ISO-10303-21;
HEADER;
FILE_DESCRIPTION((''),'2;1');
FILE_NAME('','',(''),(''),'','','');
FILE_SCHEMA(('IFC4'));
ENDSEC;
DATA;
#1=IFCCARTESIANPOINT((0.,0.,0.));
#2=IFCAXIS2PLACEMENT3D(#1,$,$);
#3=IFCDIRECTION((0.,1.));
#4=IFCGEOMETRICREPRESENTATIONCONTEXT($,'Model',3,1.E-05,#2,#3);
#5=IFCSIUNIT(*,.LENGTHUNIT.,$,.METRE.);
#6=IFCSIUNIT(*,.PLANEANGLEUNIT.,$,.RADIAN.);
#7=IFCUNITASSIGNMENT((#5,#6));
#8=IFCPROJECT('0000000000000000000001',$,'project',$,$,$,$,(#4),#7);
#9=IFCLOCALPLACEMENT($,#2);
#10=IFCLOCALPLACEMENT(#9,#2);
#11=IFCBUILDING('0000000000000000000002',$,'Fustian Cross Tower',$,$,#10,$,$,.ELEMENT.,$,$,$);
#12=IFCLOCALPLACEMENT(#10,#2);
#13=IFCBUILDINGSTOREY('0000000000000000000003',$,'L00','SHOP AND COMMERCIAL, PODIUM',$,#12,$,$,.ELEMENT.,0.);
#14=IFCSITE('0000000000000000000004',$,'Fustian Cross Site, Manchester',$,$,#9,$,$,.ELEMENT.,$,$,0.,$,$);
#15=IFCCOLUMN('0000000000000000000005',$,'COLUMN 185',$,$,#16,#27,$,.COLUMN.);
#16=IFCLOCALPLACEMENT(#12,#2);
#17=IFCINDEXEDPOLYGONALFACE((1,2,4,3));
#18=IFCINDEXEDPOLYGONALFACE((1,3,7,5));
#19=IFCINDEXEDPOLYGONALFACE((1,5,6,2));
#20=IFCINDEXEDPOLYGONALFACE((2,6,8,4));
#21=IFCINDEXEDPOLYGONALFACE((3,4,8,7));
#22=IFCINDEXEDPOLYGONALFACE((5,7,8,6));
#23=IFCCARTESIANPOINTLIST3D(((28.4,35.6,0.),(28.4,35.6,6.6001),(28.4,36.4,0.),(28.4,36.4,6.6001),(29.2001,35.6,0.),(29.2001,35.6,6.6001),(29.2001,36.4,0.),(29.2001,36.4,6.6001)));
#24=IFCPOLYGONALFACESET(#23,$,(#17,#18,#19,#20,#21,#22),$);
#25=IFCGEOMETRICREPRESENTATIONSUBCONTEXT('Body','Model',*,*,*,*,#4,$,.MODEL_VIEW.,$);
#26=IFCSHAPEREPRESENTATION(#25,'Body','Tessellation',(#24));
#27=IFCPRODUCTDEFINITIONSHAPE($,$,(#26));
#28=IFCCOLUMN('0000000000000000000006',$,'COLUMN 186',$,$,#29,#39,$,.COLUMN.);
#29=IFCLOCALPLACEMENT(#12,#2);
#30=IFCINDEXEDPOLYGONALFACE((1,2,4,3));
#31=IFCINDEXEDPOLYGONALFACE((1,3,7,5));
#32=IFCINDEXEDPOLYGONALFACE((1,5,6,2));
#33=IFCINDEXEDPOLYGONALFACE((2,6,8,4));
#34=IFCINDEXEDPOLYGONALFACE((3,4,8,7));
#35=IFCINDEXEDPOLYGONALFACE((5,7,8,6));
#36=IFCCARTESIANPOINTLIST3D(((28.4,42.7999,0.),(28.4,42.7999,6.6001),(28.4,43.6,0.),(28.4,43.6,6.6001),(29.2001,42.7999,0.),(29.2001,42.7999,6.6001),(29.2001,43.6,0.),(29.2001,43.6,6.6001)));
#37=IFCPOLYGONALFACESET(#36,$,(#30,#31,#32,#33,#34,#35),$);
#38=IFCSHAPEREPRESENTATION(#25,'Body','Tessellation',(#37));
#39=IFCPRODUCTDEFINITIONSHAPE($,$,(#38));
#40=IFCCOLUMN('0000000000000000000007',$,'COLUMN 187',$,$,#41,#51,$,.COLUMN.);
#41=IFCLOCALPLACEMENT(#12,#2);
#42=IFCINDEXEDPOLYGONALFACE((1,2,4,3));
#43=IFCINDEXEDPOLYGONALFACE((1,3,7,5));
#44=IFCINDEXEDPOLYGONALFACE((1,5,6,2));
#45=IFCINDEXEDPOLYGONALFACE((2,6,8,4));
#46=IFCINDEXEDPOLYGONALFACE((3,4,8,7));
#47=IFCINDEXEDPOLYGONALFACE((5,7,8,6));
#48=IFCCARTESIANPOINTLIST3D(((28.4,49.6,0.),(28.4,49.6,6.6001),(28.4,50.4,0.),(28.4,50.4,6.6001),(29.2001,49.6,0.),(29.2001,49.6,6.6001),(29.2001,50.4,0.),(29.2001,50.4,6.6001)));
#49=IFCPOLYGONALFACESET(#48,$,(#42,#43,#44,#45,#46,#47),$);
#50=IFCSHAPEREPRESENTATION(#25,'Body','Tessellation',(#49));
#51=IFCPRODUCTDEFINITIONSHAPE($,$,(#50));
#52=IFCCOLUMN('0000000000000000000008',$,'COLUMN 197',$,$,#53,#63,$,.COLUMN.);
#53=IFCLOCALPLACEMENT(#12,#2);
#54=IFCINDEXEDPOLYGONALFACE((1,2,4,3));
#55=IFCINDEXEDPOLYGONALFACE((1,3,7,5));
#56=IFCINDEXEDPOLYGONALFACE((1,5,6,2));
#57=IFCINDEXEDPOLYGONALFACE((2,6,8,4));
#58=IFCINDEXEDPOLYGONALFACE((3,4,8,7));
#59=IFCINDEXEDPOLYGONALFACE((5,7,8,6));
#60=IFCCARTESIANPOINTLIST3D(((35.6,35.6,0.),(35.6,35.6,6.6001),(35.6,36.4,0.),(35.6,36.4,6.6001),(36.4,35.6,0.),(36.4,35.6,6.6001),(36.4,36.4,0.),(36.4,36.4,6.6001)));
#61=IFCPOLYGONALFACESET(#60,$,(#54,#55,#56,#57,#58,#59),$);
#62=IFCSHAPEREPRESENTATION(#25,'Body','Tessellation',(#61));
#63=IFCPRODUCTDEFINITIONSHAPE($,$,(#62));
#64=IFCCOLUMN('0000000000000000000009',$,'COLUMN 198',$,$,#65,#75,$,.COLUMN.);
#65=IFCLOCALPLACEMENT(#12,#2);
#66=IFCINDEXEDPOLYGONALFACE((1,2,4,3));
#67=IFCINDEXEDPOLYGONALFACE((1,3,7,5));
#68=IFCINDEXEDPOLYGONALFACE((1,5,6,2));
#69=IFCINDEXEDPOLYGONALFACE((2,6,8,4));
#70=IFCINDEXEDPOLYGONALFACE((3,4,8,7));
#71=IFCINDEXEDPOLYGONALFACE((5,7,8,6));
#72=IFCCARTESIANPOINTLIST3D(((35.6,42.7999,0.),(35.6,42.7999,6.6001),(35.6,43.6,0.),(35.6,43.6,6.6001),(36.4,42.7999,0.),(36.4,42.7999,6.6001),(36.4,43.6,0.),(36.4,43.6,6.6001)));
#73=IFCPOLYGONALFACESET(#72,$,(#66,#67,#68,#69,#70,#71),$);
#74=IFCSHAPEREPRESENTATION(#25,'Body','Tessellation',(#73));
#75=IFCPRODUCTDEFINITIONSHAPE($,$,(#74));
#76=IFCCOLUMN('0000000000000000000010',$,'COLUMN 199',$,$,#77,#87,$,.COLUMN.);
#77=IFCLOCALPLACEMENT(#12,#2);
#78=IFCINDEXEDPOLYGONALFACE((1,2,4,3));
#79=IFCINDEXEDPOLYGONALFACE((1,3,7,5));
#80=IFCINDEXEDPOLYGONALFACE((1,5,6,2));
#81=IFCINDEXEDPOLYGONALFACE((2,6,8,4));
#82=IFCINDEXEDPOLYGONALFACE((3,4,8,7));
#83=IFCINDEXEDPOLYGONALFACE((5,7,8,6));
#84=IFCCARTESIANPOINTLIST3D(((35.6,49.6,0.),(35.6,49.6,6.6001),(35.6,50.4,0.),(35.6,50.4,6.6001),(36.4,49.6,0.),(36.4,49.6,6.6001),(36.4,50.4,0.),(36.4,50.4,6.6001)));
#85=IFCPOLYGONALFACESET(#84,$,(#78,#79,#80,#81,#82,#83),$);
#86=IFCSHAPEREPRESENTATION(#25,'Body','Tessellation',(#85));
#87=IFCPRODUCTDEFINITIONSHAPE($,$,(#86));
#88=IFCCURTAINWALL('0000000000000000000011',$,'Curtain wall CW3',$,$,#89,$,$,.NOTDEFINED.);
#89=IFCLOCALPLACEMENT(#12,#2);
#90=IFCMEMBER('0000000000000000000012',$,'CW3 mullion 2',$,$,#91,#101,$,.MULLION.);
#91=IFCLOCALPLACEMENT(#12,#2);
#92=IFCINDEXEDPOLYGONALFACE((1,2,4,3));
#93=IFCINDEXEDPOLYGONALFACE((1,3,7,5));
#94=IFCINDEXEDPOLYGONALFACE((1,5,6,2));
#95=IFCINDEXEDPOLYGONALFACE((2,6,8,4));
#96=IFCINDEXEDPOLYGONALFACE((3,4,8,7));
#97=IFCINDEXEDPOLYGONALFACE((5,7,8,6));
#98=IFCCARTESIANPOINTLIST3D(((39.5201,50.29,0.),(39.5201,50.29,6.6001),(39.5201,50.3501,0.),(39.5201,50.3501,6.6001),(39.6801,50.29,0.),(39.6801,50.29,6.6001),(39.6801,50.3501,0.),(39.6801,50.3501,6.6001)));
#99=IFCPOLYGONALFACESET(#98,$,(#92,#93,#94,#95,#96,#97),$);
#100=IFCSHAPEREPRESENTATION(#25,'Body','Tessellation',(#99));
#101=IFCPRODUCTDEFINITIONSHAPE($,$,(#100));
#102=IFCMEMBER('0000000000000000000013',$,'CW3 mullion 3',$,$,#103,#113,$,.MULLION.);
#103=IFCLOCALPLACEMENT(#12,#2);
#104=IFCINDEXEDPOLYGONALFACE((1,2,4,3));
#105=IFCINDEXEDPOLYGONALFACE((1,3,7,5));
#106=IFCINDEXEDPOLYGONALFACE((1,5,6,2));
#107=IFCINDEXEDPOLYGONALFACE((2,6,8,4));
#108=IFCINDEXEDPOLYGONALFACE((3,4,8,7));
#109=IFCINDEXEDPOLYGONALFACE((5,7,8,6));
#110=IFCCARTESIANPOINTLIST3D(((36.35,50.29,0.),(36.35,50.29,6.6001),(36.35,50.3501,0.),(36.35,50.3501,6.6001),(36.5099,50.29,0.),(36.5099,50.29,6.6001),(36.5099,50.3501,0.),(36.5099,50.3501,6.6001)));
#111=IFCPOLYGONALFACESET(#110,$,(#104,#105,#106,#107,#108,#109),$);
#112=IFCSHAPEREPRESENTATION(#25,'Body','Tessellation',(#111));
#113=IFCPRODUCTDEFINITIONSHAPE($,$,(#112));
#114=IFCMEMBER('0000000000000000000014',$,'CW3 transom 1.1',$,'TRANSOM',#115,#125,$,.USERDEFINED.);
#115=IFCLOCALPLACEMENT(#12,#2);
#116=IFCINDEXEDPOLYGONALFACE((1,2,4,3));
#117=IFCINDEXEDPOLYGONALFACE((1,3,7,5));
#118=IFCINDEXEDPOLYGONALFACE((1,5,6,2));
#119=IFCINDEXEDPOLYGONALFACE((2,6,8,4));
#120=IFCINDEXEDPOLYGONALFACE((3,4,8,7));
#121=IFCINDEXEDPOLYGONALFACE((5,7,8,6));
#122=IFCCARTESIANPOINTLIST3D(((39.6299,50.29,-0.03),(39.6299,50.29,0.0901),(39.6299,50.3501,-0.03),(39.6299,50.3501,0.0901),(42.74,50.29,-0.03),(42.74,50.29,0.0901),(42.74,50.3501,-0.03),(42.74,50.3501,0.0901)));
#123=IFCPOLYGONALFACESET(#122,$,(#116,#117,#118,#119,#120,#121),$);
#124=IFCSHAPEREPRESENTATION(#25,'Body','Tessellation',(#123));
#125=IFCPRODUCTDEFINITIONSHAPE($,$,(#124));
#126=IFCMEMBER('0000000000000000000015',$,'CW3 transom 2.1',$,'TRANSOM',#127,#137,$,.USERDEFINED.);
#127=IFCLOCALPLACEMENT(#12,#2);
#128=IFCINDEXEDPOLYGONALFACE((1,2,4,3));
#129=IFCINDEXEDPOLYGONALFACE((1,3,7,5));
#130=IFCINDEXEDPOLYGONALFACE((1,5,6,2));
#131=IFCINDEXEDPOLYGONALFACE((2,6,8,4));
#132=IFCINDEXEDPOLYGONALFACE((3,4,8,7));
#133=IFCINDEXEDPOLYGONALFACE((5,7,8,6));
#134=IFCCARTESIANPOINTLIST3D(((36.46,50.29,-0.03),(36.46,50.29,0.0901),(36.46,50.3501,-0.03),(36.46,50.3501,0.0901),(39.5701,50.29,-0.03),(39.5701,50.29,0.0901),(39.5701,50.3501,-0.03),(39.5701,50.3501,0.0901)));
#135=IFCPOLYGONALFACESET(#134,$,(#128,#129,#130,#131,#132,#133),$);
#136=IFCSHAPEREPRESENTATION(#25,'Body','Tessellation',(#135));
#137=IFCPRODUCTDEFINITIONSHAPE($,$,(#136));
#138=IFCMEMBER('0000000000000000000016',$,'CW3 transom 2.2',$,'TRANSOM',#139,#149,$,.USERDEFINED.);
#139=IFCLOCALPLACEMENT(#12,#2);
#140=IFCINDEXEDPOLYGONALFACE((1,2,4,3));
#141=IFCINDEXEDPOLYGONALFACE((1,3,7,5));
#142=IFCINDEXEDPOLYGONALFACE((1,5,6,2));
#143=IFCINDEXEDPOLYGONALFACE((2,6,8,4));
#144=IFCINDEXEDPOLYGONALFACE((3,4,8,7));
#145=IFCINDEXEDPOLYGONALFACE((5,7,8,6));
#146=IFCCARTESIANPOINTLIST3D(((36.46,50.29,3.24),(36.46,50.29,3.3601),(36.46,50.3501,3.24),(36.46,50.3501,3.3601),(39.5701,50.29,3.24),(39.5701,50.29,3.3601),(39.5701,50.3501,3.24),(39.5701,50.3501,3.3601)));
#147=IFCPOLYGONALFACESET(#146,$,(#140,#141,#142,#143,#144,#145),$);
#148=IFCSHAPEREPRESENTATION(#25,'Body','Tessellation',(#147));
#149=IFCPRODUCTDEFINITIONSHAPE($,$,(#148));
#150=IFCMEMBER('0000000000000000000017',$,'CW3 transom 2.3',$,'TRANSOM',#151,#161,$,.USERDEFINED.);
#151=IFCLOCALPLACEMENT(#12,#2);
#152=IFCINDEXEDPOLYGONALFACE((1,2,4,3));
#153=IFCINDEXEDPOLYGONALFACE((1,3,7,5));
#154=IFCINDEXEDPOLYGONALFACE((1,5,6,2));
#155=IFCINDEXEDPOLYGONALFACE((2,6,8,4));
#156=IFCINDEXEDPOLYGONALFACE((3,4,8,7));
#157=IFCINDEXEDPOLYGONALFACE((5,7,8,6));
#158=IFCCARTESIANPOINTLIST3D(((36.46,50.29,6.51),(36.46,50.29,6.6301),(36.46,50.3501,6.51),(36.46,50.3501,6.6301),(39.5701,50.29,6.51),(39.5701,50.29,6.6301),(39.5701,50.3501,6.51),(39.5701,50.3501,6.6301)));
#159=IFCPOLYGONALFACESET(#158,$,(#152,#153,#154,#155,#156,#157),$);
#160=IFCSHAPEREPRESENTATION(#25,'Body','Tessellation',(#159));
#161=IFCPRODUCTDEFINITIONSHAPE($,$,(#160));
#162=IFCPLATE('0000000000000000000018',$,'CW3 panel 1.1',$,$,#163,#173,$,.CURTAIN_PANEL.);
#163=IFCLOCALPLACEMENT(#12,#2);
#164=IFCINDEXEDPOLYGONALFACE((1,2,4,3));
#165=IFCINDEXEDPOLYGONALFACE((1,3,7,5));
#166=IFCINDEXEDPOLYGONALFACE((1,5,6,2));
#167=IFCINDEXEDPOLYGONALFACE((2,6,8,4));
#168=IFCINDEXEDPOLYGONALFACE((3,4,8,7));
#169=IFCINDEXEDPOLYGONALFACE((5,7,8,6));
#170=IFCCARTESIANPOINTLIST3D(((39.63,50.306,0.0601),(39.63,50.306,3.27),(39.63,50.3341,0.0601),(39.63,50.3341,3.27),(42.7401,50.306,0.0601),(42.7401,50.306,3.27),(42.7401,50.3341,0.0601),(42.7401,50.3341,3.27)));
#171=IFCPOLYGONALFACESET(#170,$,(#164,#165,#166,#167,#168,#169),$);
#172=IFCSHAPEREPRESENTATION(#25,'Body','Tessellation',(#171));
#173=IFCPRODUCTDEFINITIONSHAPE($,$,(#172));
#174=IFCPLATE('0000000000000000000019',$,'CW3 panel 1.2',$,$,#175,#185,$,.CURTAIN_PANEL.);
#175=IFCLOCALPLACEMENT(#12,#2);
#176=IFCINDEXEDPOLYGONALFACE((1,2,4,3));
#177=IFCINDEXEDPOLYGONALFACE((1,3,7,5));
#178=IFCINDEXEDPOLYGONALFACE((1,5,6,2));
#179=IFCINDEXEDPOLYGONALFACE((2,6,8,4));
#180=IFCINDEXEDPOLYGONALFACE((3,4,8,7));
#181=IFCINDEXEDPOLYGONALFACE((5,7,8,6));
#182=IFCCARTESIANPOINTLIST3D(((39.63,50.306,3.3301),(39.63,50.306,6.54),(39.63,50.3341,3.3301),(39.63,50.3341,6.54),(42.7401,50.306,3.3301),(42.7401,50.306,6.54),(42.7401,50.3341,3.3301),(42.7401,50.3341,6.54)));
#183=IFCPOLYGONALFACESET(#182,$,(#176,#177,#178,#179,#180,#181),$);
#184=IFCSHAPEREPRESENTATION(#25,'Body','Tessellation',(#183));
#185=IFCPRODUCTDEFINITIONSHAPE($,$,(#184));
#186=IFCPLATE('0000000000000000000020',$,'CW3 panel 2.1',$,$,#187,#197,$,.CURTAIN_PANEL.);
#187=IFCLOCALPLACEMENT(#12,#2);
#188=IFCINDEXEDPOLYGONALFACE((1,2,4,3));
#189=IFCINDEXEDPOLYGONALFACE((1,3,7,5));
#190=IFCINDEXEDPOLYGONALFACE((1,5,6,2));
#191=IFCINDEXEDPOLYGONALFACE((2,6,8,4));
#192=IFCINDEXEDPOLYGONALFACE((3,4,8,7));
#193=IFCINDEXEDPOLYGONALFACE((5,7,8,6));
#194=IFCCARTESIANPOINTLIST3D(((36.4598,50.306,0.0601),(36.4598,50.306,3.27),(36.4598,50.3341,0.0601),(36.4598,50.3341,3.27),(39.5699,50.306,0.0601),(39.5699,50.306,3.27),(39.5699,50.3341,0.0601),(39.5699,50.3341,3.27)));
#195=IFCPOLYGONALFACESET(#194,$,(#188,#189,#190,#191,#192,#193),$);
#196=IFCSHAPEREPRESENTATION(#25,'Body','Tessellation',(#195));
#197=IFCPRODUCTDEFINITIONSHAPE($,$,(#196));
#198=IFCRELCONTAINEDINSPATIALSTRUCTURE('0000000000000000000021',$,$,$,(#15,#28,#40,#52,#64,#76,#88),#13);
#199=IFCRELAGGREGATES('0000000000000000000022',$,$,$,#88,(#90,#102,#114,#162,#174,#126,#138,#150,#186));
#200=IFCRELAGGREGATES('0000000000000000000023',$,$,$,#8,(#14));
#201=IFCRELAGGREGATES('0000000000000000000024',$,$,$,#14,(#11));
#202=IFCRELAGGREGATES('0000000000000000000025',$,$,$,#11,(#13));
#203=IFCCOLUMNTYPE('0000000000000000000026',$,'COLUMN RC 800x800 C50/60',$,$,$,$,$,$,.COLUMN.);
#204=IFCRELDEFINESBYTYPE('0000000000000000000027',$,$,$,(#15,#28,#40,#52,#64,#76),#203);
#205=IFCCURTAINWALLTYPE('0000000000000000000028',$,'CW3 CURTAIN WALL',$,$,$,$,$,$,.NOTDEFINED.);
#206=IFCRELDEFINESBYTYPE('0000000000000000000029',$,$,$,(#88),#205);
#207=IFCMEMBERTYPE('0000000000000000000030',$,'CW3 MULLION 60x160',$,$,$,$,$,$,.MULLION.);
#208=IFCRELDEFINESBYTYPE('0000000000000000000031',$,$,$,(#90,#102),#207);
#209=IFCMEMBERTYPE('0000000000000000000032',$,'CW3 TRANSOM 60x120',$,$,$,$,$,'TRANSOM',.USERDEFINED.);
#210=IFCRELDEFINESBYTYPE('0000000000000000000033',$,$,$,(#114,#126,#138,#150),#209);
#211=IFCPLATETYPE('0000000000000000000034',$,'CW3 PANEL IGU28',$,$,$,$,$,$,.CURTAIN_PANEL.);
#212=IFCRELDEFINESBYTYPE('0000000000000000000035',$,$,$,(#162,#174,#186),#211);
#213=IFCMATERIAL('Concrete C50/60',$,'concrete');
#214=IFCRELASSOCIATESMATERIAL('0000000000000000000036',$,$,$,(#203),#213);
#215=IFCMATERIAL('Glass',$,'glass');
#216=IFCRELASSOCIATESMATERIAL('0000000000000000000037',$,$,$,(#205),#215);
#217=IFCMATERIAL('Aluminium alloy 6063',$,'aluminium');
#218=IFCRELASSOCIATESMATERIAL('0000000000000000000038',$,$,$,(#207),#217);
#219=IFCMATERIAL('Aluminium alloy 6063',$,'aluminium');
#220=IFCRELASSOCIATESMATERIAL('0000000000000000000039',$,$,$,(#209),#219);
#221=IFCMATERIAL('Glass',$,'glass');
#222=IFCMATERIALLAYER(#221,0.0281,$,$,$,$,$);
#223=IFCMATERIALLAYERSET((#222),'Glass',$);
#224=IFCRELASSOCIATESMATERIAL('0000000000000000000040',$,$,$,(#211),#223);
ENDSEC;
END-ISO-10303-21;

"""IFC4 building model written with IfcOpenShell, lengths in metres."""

from ifc_helpers import new_model, si_unit, direction, frame, origin, origin_2d, place, context, subcontext, project, spatial, rectangle, extrude, material, layer, layer_set, material_profile, profile_set, type_object, element, aggregate, save


model = new_model("IFC4")

# Units and contexts
model_context = context("Model", 3, precision=1e-05, world=origin(), true_north=direction((0.0, 1.0)))
body_context = subcontext(model_context, "Body", "Model", "MODEL_VIEW")
ifc_project = project(units=[si_unit("LENGTHUNIT", "METRE"), si_unit("PLANEANGLEUNIT", "RADIAN")], contexts=[model_context])

# Site, building, storey
site_placement = place(None, origin())
site = spatial("IfcSite", under=ifc_project, at=site_placement, Name="Fustian Cross Site, Manchester", CompositionType="ELEMENT", RefElevation=0.0)
building_placement = place(site_placement, origin())
building = spatial("IfcBuilding", under=site, at=building_placement, Name="Fustian Cross Tower", CompositionType="ELEMENT")
storey_placement = place(building_placement, origin())
storey = spatial("IfcBuildingStorey", under=building, at=storey_placement, Name="L00", Description="SHOP AND COMMERCIAL, PODIUM", CompositionType="ELEMENT", Elevation=0.0)

# Columns
ifc_material_1 = material(Name="Concrete C50/60", Category="concrete")
ifc_material_profile_1 = material_profile(ifc_material_1, rectangle(XDim=0.8, YDim=0.8, at=origin_2d()), Name="RC 800x800")
ifc_profile_set_1 = profile_set([ifc_material_profile_1], Name="Concrete C50/60")
column_type = type_object("IfcColumnType", Name="COLUMN RC 800x800 C50/60", PredefinedType="COLUMN", material=ifc_profile_set_1)
for number, where, z_axis, x_axis, name in (
    (1, (28.8, 36.0, 0.0), (0.0, 0.0, 1.0), (1.0, 0.0, 0.0), "COLUMN 185"),
    (2, (28.8, 43.2, 0.0), (0.0, 0.0, 1.0), (1.0, 0.0, 0.0), "COLUMN 186"),
    (3, (28.8, 50.0, 0.0), (0.0, 0.0, 1.0), (1.0, 0.0, 0.0), "COLUMN 187"),
    (4, (36.0, 36.0, 0.0), (0.0, 0.0, 1.0), (1.0, 0.0, 0.0), "COLUMN 197"),
    (5, (36.0, 43.2, 0.0), (0.0, 0.0, 1.0), (1.0, 0.0, 0.0), "COLUMN 198"),
    (6, (36.0, 50.0, 0.0), (0.0, 0.0, 1.0), (1.0, 0.0, 0.0), "COLUMN 199"),
):
    element("IfcColumn", number, at=place(storey_placement, frame(where, z_axis=z_axis, x_axis=x_axis)), inside=storey, type_object=column_type, Name=name, PredefinedType="COLUMN", context=body_context, shape_type="SweptSolid", body=[
        extrude(rectangle(XDim=0.8, YDim=0.8, at=origin_2d()), origin(), (0.0, 0.0, 1.0), 6.6001),
    ])

# Curtain wall, members, plates
ifc_material_2 = material(Name="Glass", Category="glass")
curtain_wall_type = type_object("IfcCurtainWallType", Name="CW3 CURTAIN WALL", PredefinedType="NOTDEFINED", material=ifc_material_2)
curtain_wall_placement = place(storey_placement, origin())
curtain_wall = element("IfcCurtainWall", 7, at=curtain_wall_placement, inside=storey, type_object=curtain_wall_type, Name="Curtain wall CW3", PredefinedType="NOTDEFINED")
ifc_material_3 = material(Name="Aluminium alloy 6063", Category="aluminium")
ifc_material_profile_2 = material_profile(ifc_material_3, rectangle(XDim=0.0601, YDim=0.1599, at=origin_2d()), Name="CW3 MULLION 60x160")
ifc_profile_set_2 = profile_set([ifc_material_profile_2], Name="Aluminium alloy 6063")
member_type_1 = type_object("IfcMemberType", Name="CW3 MULLION 60x160", PredefinedType="MULLION", material=ifc_profile_set_2)
member_1_placement = place(storey_placement, frame((39.6001, 50.3201, 0.0), z_axis=(0.0, 0.0, 1.0), x_axis=(0.0, -1.0, 0.0)))
member_1 = element("IfcMember", 8, at=member_1_placement, type_object=member_type_1, Name="CW3 mullion 2", PredefinedType="MULLION", context=body_context, shape_type="SweptSolid", body=[
    extrude(rectangle(XDim=0.0601, YDim=0.1599, at=origin_2d()), origin(), (0.0, 0.0, 1.0), 6.6001),
])
member_2_placement = place(storey_placement, frame((36.4299, 50.3201, 0.0), z_axis=(0.0, 0.0, 1.0), x_axis=(0.0, -1.0, 0.0)))
member_2 = element("IfcMember", 9, at=member_2_placement, type_object=member_type_1, Name="CW3 mullion 3", PredefinedType="MULLION", context=body_context, shape_type="SweptSolid", body=[
    extrude(rectangle(XDim=0.0601, YDim=0.1599, at=origin_2d()), origin(), (0.0, 0.0, 1.0), 6.6001),
])
ifc_material_4 = material(Name="Aluminium alloy 6063", Category="aluminium")
ifc_material_profile_3 = material_profile(ifc_material_4, rectangle(XDim=0.0601, YDim=0.1201, at=origin_2d()), Name="CW3 TRANSOM 60x120")
ifc_profile_set_3 = profile_set([ifc_material_profile_3], Name="Aluminium alloy 6063")
member_type_2 = type_object("IfcMemberType", Name="CW3 TRANSOM 60x120", ElementType="TRANSOM", PredefinedType="USERDEFINED", material=ifc_profile_set_3)
member_3_placement = place(storey_placement, frame((42.74, 50.3201, 0.03), z_axis=(-1.0, 0.0, 0.0), x_axis=(0.0, -1.0, 0.0)))
member_3 = element("IfcMember", 10, at=member_3_placement, type_object=member_type_2, Name="CW3 transom 1.1", ObjectType="TRANSOM", PredefinedType="USERDEFINED", context=body_context, shape_type="SweptSolid", body=[
    extrude(rectangle(XDim=0.0601, YDim=0.1201, at=origin_2d()), origin(), (0.0, 0.0, 1.0), 3.1101),
])
member_4_placement = place(storey_placement, frame((39.5701, 50.3201, 0.03), z_axis=(-1.0, 0.0, 0.0), x_axis=(0.0, -1.0, 0.0)))
member_4 = element("IfcMember", 11, at=member_4_placement, type_object=member_type_2, Name="CW3 transom 2.1", ObjectType="TRANSOM", PredefinedType="USERDEFINED", context=body_context, shape_type="SweptSolid", body=[
    extrude(rectangle(XDim=0.0601, YDim=0.1201, at=origin_2d()), origin(), (0.0, 0.0, 1.0), 3.1101),
])
member_5_placement = place(storey_placement, frame((39.5701, 50.3201, 3.3), z_axis=(-1.0, 0.0, 0.0), x_axis=(0.0, -1.0, 0.0)))
member_5 = element("IfcMember", 12, at=member_5_placement, type_object=member_type_2, Name="CW3 transom 2.2", ObjectType="TRANSOM", PredefinedType="USERDEFINED", context=body_context, shape_type="SweptSolid", body=[
    extrude(rectangle(XDim=0.0601, YDim=0.1201, at=origin_2d()), origin(), (0.0, 0.0, 1.0), 3.1101),
])
member_6_placement = place(storey_placement, frame((39.5701, 50.3201, 6.5701), z_axis=(-1.0, 0.0, 0.0), x_axis=(0.0, -1.0, 0.0)))
member_6 = element("IfcMember", 13, at=member_6_placement, type_object=member_type_2, Name="CW3 transom 2.3", ObjectType="TRANSOM", PredefinedType="USERDEFINED", context=body_context, shape_type="SweptSolid", body=[
    extrude(rectangle(XDim=0.0601, YDim=0.1201, at=origin_2d()), origin(), (0.0, 0.0, 1.0), 3.1101),
])
ifc_material_5 = material(Name="Glass", Category="glass")
ifc_layer_1 = layer(ifc_material_5, 0.0281)
ifc_layer_set_1 = layer_set([ifc_layer_1], Name="Glass")
plate_type = type_object("IfcPlateType", Name="CW3 PANEL IGU28", PredefinedType="CURTAIN_PANEL", material=ifc_layer_set_1)
plate_1_placement = place(storey_placement, frame((41.1851, 50.3201, 0.0601), z_axis=(0.0, 0.0, 1.0), x_axis=(-1.0, 0.0, 0.0)))
plate_1 = element("IfcPlate", 14, at=plate_1_placement, type_object=plate_type, Name="CW3 panel 1.1", PredefinedType="CURTAIN_PANEL", context=body_context, shape_type="SweptSolid", body=[
    extrude(rectangle(XDim=3.1101, YDim=0.0281, at=origin_2d()), origin(), (0.0, 0.0, 1.0), 3.21),
])
plate_2_placement = place(storey_placement, frame((41.1851, 50.3201, 3.3301), z_axis=(0.0, 0.0, 1.0), x_axis=(-1.0, 0.0, 0.0)))
plate_2 = element("IfcPlate", 15, at=plate_2_placement, type_object=plate_type, Name="CW3 panel 1.2", PredefinedType="CURTAIN_PANEL", context=body_context, shape_type="SweptSolid", body=[
    extrude(rectangle(XDim=3.1101, YDim=0.0281, at=origin_2d()), origin(), (0.0, 0.0, 1.0), 3.21),
])
plate_3_placement = place(storey_placement, frame((38.0149, 50.3201, 0.0601), z_axis=(0.0, 0.0, 1.0), x_axis=(-1.0, 0.0, 0.0)))
plate_3 = element("IfcPlate", 16, at=plate_3_placement, type_object=plate_type, Name="CW3 panel 2.1", PredefinedType="CURTAIN_PANEL", context=body_context, shape_type="SweptSolid", body=[
    extrude(rectangle(XDim=3.1101, YDim=0.0281, at=origin_2d()), origin(), (0.0, 0.0, 1.0), 3.21),
])
aggregate(curtain_wall, [member_1, member_2, member_3, plate_1, plate_2, member_4, member_5, member_6, plate_3])

save(model, "model.ifc")
